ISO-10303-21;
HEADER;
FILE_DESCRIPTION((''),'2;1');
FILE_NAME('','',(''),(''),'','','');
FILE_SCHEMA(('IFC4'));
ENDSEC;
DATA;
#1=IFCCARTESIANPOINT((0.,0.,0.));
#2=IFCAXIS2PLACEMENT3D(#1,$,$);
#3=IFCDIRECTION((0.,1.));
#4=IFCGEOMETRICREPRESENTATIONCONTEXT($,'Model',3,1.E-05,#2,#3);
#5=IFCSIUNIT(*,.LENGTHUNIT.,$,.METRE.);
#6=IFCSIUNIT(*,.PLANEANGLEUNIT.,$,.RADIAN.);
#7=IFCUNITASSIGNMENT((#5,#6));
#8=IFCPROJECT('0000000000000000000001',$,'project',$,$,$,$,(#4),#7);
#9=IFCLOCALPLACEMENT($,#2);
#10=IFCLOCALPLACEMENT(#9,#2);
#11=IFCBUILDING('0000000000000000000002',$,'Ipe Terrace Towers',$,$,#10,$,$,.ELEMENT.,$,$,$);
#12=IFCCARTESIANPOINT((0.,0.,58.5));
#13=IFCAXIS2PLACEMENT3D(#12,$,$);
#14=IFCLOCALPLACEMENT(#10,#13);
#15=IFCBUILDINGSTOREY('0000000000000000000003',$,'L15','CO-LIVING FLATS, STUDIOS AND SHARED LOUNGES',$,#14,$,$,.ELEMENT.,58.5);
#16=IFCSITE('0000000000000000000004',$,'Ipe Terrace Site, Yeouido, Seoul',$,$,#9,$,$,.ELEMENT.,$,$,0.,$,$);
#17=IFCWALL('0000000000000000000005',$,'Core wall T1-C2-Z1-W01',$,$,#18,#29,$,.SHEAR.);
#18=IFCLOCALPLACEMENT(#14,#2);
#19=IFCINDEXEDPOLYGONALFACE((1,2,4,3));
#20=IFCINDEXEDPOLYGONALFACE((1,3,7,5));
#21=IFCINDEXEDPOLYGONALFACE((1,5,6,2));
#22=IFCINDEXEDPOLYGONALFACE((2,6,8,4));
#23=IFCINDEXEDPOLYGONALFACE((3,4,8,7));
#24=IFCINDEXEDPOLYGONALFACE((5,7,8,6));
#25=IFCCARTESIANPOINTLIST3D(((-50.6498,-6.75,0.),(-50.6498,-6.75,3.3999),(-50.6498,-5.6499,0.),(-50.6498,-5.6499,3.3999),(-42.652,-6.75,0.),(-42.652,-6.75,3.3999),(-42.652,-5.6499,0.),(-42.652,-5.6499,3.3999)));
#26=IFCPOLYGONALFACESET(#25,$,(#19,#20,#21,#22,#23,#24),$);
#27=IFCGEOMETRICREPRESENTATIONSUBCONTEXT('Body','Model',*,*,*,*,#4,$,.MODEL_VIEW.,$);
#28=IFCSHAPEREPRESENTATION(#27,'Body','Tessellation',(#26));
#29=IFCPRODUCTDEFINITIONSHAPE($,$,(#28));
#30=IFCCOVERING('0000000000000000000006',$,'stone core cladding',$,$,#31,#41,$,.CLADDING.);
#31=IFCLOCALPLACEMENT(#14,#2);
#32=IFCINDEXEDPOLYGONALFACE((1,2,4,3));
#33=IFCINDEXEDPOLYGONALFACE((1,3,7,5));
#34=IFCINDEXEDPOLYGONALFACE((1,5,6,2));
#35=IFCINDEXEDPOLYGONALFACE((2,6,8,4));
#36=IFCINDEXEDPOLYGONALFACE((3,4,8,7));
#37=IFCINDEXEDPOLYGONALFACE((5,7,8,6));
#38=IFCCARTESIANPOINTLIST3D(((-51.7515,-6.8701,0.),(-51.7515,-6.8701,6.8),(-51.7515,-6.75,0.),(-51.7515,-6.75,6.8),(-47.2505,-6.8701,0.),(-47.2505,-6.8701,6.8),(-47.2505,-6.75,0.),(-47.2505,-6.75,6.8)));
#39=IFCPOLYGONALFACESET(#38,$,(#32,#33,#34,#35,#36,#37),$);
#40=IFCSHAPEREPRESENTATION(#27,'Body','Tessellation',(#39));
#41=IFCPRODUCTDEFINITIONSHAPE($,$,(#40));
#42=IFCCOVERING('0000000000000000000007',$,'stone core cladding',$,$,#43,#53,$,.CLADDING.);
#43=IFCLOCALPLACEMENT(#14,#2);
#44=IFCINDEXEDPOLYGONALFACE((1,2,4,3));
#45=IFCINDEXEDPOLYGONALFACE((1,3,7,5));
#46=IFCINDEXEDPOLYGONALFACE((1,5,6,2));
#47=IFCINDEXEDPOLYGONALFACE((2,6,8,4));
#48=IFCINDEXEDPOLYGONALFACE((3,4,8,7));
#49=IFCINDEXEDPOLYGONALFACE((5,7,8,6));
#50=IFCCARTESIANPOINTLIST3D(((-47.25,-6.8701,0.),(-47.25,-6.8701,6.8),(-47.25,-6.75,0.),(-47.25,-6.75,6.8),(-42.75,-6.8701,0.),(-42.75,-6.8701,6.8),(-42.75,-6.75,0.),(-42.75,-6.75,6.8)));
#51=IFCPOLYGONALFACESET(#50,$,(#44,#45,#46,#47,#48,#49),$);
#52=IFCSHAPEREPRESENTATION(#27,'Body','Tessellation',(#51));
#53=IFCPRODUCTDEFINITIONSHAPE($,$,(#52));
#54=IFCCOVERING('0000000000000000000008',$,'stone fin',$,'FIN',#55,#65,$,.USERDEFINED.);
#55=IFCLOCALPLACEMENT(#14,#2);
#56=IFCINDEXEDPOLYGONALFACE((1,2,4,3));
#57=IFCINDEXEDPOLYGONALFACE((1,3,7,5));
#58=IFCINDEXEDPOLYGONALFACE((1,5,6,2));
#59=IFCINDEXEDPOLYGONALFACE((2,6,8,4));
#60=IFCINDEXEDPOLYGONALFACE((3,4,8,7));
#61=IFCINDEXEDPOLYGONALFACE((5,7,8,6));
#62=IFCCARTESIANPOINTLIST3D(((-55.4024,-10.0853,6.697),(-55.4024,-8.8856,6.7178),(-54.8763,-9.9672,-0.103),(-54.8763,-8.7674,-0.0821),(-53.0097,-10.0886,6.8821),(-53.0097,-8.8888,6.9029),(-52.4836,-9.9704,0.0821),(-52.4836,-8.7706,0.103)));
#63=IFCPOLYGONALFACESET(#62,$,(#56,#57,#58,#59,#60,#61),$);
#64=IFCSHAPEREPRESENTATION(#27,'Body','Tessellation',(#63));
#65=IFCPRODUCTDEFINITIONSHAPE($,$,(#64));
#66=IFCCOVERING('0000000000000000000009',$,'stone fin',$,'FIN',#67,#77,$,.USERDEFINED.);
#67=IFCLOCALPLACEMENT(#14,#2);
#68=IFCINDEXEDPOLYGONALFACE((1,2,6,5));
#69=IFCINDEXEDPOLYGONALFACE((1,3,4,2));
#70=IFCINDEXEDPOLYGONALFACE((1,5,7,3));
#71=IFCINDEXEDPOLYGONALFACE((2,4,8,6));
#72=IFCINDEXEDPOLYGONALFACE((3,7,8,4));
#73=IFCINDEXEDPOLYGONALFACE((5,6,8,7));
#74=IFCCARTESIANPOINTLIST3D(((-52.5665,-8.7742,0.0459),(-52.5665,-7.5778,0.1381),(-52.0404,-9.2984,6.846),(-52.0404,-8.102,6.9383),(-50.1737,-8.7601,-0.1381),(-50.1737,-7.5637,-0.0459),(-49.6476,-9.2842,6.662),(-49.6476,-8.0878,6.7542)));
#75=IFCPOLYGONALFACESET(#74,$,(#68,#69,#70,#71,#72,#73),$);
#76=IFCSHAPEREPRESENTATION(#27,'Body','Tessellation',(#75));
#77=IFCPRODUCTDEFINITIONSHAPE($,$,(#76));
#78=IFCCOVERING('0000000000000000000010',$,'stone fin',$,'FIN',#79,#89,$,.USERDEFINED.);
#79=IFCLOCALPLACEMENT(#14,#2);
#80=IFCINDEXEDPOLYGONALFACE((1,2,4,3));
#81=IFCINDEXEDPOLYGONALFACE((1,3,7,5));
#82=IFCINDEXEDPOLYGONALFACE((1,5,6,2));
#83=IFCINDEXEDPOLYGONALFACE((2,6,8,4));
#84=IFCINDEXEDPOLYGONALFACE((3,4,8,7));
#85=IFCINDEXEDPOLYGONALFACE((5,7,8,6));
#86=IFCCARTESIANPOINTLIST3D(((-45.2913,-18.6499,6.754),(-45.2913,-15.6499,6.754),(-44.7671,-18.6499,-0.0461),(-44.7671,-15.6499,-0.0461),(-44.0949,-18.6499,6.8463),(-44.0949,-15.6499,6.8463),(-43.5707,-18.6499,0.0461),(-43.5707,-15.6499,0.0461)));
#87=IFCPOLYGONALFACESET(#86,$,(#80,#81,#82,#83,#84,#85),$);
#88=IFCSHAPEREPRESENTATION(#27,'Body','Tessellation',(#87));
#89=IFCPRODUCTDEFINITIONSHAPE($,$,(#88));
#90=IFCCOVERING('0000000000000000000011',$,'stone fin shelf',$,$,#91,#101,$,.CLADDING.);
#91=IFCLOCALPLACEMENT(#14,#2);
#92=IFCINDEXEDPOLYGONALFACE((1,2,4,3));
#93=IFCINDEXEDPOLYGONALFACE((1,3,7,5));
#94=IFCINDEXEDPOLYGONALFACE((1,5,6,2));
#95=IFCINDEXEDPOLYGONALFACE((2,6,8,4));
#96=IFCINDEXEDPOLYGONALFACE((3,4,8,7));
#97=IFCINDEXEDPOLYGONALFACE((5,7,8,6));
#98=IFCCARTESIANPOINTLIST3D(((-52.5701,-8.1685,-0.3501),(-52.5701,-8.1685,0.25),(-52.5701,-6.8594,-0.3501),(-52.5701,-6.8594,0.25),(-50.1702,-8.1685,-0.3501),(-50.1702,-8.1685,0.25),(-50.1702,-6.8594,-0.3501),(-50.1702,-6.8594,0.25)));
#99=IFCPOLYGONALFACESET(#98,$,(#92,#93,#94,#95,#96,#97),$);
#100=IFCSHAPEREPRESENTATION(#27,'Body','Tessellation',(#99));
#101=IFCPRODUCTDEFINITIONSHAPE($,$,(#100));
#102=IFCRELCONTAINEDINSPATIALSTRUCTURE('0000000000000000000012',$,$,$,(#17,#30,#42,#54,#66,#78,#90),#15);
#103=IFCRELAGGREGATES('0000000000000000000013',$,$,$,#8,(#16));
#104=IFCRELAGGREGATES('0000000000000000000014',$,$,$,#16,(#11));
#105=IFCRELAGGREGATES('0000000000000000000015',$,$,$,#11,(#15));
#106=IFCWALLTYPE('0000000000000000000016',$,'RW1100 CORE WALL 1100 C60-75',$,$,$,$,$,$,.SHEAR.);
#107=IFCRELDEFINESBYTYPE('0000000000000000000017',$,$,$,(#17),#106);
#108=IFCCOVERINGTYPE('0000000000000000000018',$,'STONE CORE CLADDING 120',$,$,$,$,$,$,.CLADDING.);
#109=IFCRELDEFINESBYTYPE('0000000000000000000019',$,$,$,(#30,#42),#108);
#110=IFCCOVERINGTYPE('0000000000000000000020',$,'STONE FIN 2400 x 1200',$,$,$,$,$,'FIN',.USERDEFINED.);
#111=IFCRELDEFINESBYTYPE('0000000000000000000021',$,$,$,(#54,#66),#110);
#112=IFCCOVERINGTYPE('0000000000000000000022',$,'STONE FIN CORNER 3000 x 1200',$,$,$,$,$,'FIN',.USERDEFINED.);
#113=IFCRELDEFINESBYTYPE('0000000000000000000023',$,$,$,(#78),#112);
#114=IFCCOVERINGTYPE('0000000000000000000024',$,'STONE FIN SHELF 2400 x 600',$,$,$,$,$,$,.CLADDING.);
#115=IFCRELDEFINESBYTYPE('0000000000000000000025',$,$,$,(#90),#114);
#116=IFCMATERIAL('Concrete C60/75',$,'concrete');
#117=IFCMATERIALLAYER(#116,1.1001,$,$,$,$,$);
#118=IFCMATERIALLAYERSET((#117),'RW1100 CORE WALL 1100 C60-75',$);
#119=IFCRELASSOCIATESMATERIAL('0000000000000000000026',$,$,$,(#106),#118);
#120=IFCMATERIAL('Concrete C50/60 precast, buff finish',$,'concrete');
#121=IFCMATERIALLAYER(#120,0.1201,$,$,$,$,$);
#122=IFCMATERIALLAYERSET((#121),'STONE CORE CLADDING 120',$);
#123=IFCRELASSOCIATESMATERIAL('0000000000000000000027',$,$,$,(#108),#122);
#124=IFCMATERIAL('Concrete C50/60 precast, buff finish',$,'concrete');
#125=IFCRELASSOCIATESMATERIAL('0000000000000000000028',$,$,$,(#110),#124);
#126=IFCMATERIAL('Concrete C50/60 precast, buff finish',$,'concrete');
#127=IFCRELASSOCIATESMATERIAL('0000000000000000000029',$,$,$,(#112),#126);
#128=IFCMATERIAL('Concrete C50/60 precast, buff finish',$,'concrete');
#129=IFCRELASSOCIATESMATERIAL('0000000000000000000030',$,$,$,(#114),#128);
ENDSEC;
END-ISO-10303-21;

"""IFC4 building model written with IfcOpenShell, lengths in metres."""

from ifc_helpers import new_model, si_unit, direction, frame, frame_2d, origin, origin_2d, place, context, subcontext, project, spatial, rectangle, extrude, material, layer, layer_set, material_profile, profile_set, type_object, element, save


model = new_model("IFC4")

# Units and contexts
model_context = context("Model", 3, precision=1e-05, world=origin(), true_north=direction((0.0, 1.0)))
body_context = subcontext(model_context, "Body", "Model", "MODEL_VIEW")
ifc_project = project(units=[si_unit("LENGTHUNIT", "METRE"), si_unit("PLANEANGLEUNIT", "RADIAN")], contexts=[model_context])

# Site, building, storey
site_placement = place(None, origin())
site = spatial("IfcSite", under=ifc_project, at=site_placement, Name="Ipe Terrace Site, Yeouido, Seoul", CompositionType="ELEMENT", RefElevation=0.0)
building_placement = place(site_placement, origin())
building = spatial("IfcBuilding", under=site, at=building_placement, Name="Ipe Terrace Towers", CompositionType="ELEMENT")
storey_placement = place(building_placement, frame((0.0, 0.0, 58.5)))
storey = spatial("IfcBuildingStorey", under=building, at=storey_placement, Name="L15", Description="CO-LIVING FLATS, STUDIOS AND SHARED LOUNGES", CompositionType="ELEMENT", Elevation=58.5)

# Wall
ifc_material_1 = material(Name="Concrete C60/75", Category="concrete")
ifc_layer_1 = layer(ifc_material_1, 1.1001)
ifc_layer_set_1 = layer_set([ifc_layer_1], Name="RW1100 CORE WALL 1100 C60-75")
wall_type_1 = type_object("IfcWallType", Name="RW1100 CORE WALL 1100 C60-75", PredefinedType="SHEAR", material=ifc_layer_set_1)
wall_1_placement = place(storey_placement, frame((-50.6499, -6.2, 0.0), z_axis=(0.0, 0.0, 1.0), x_axis=(1.0, 0.0, 0.0)))
element("IfcWall", 1, at=wall_1_placement, inside=storey, type_object=wall_type_1, Name="Core wall T1-C2-Z1-W01", PredefinedType="SHEAR", context=body_context, shape_type="SweptSolid", body=[
    extrude(rectangle(XDim=7.9978, YDim=1.1001, at=frame_2d((3.999, 0.0))), origin(), (0.0, 0.0, 1.0), 3.3999),
])

# Coverings
ifc_material_2 = material(Name="Concrete C50/60 precast, buff finish", Category="concrete")
ifc_layer_2 = layer(ifc_material_2, 0.1201)
ifc_layer_set_2 = layer_set([ifc_layer_2], Name="STONE CORE CLADDING 120")
covering_type_1 = type_object("IfcCoveringType", Name="STONE CORE CLADDING 120", PredefinedType="CLADDING", material=ifc_layer_set_2)
covering_1_placement = place(storey_placement, frame((-49.501, -6.8101, 0.0), z_axis=(0.0, 0.0, 1.0), x_axis=(1.0, 0.0, 0.0)))
element("IfcCovering", 2, at=covering_1_placement, inside=storey, type_object=covering_type_1, Name="stone core cladding", PredefinedType="CLADDING", context=body_context, shape_type="SweptSolid", body=[
    extrude(rectangle(XDim=4.501, YDim=0.1201, at=origin_2d()), origin(), (0.0, 0.0, 1.0), 6.8),
])
covering_2_placement = place(storey_placement, frame((-45.0, -6.8101, 0.0), z_axis=(0.0, 0.0, 1.0), x_axis=(1.0, 0.0, 0.0)))
element("IfcCovering", 3, at=covering_2_placement, inside=storey, type_object=covering_type_1, Name="stone core cladding", PredefinedType="CLADDING", context=body_context, shape_type="SweptSolid", body=[
    extrude(rectangle(XDim=4.5, YDim=0.1201, at=origin_2d()), origin(), (0.0, 0.0, 1.0), 6.8),
])
ifc_material_3 = material(Name="Concrete C50/60 precast, buff finish", Category="concrete")
ifc_material_profile_1 = material_profile(ifc_material_3, rectangle(XDim=2.3999, YDim=1.2, at=origin_2d()), Name="STONE FIN 2400 x 1200")
ifc_profile_set_1 = profile_set([ifc_material_profile_1], Name="Concrete C50/60 precast, buff finish")
covering_type_2 = type_object("IfcCoveringType", Name="STONE FIN 2400 x 1200", ElementType="FIN", PredefinedType="USERDEFINED", material=ifc_profile_set_1)
covering_3_placement = place(storey_placement, frame((-53.6799, -9.3689, 0.0), z_axis=(-0.077128, -0.017323, 0.996871), x_axis=(0.997021, -0.00134, 0.077117)))
element("IfcCovering", 4, at=covering_3_placement, inside=storey, type_object=covering_type_2, Name="stone fin", ObjectType="FIN", PredefinedType="USERDEFINED", context=body_context, shape_type="SweptSolid", body=[
    extrude(rectangle(XDim=2.3999, YDim=1.2, at=origin_2d()), origin(), (0.0, 0.0, 1.0), 6.8213),
])
covering_4_placement = place(storey_placement, frame((-51.3701, -8.1689, 0.0), z_axis=(0.076913, -0.076628, 0.994089), x_axis=(0.997038, 0.005911, -0.076686)))
element("IfcCovering", 5, at=covering_4_placement, inside=storey, type_object=covering_type_2, Name="stone fin", ObjectType="FIN", PredefinedType="USERDEFINED", context=body_context, shape_type="SweptSolid", body=[
    extrude(rectangle(XDim=2.3999, YDim=1.2, at=origin_2d()), origin(), (0.0, 0.0, 1.0), 6.8406),
])
ifc_material_4 = material(Name="Concrete C50/60 precast, buff finish", Category="concrete")
ifc_material_profile_2 = material_profile(ifc_material_4, rectangle(XDim=3.0, YDim=1.2, at=origin_2d()), Name="STONE FIN CORNER 3000 x 1200")
ifc_profile_set_2 = profile_set([ifc_material_profile_2], Name="Concrete C50/60 precast, buff finish")
covering_type_3 = type_object("IfcCoveringType", Name="STONE FIN CORNER 3000 x 1200", ElementType="FIN", PredefinedType="USERDEFINED", material=ifc_profile_set_2)
covering_5_placement = place(storey_placement, frame((-44.1689, -17.1499, 0.0), z_axis=(-0.076855, 0.0, 0.997042), x_axis=(0.0, -1.0, 0.0)))
element("IfcCovering", 6, at=covering_5_placement, inside=storey, type_object=covering_type_3, Name="stone fin", ObjectType="FIN", PredefinedType="USERDEFINED", context=body_context, shape_type="SweptSolid", body=[
    extrude(rectangle(XDim=3.0, YDim=1.2, at=origin_2d()), origin(), (0.0, 0.0, 1.0), 6.8203),
])
ifc_material_5 = material(Name="Concrete C50/60 precast, buff finish", Category="concrete")
covering_type_4 = type_object("IfcCoveringType", Name="STONE FIN SHELF 2400 x 600", PredefinedType="CLADDING", material=ifc_material_5)
covering_6_placement = place(storey_placement, frame((-51.3701, -7.5139, -0.3501), z_axis=(0.0, 0.0, 1.0), x_axis=(1.0, 0.0, 0.0)))
element("IfcCovering", 7, at=covering_6_placement, inside=storey, type_object=covering_type_4, Name="stone fin shelf", PredefinedType="CLADDING", context=body_context, shape_type="SweptSolid", body=[
    extrude(rectangle(XDim=2.3999, YDim=1.3091, at=origin_2d()), origin(), (0.0, 0.0, 1.0), 0.6001),
])

save(model, "model.ifc")
